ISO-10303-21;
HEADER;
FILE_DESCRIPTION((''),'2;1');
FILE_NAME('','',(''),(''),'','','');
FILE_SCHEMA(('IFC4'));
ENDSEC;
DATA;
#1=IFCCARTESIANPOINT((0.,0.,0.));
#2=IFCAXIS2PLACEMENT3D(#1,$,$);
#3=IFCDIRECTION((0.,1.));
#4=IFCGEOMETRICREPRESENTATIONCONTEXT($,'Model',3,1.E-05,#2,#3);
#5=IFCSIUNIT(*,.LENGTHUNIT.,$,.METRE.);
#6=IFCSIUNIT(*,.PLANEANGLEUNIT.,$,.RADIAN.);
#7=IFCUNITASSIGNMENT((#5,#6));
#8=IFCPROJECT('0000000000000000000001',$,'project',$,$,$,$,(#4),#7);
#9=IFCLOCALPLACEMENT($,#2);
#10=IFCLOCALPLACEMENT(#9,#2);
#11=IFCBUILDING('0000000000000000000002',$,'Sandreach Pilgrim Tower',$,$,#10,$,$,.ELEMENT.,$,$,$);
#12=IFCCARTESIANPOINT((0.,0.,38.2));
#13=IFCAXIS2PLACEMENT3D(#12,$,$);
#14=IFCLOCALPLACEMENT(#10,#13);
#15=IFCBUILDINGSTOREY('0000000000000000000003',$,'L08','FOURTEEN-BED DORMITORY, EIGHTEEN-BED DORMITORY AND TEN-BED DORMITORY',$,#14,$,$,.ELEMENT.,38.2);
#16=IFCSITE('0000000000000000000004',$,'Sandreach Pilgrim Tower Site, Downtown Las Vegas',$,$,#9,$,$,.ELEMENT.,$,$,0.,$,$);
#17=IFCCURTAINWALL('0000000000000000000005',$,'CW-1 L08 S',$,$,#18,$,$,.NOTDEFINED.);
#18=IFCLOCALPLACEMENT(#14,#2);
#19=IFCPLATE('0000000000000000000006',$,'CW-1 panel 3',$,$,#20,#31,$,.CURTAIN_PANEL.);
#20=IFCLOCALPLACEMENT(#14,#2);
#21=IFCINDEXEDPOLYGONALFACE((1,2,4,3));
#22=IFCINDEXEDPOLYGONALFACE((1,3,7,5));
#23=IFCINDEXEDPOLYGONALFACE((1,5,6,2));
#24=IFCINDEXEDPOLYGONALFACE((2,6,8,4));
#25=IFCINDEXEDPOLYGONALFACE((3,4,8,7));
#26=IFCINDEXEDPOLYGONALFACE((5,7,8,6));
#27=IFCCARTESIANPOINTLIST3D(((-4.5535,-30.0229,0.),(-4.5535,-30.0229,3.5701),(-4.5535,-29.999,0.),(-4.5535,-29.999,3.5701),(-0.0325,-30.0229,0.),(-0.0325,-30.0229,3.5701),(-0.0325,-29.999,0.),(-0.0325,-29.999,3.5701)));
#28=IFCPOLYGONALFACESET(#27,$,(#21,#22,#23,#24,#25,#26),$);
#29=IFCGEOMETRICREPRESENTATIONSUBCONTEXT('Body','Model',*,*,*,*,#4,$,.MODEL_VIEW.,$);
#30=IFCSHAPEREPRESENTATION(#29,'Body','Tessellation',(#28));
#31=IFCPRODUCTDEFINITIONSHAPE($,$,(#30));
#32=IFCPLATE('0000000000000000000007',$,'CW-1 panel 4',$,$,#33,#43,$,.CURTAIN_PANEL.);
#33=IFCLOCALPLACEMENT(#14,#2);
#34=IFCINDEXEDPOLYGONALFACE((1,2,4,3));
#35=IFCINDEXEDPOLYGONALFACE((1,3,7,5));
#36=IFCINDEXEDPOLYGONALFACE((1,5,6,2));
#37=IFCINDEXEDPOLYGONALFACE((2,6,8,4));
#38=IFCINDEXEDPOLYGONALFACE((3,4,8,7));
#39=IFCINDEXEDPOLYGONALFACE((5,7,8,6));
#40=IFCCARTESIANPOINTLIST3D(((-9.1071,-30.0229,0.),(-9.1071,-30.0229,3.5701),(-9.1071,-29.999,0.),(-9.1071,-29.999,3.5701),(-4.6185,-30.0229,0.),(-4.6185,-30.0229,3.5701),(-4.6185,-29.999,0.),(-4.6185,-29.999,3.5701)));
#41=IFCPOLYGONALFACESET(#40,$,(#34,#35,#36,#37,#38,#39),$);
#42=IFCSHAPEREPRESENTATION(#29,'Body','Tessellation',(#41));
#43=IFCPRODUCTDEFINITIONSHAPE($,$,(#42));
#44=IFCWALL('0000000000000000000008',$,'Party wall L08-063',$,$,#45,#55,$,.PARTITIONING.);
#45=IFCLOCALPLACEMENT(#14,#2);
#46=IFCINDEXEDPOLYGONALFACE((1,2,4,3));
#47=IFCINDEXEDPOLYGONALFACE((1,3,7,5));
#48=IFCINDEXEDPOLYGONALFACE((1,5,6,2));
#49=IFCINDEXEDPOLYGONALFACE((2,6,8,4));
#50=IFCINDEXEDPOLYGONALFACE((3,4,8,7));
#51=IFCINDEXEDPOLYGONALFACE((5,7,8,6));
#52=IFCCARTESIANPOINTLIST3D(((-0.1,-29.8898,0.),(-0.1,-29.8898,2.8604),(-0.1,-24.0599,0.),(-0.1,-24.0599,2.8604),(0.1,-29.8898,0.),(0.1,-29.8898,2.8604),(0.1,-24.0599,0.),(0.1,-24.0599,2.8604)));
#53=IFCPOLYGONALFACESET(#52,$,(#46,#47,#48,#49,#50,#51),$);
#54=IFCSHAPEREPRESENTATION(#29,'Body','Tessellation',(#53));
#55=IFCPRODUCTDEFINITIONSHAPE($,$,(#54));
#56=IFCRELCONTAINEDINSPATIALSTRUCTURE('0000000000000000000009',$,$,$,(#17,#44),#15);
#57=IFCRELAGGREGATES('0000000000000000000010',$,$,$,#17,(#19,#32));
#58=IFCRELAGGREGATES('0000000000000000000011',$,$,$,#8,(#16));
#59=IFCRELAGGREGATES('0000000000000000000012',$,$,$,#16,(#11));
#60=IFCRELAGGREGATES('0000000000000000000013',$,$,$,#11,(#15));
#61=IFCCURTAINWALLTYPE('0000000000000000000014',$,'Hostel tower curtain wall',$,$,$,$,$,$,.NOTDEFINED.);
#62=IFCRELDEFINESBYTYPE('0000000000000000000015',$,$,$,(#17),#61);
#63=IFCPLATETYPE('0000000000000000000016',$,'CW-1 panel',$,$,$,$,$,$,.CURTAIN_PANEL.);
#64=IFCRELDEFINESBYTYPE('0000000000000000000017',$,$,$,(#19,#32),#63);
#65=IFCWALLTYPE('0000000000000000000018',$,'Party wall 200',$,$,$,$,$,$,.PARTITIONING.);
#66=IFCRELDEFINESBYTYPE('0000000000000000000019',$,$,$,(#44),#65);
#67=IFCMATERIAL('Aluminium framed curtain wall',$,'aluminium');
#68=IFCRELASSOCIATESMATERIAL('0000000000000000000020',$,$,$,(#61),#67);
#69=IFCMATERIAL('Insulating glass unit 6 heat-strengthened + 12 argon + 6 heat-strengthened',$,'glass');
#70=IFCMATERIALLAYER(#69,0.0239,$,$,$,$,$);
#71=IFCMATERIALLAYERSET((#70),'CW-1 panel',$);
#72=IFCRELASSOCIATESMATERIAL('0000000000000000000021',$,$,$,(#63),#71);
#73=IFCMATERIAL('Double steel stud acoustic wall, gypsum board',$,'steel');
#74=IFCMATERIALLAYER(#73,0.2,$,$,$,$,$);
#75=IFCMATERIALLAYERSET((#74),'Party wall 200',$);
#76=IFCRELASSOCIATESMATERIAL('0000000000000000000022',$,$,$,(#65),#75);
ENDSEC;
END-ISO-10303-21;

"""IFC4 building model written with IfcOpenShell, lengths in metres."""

from ifc_helpers import new_model, si_unit, direction, frame, frame_2d, origin, origin_2d, place, context, subcontext, project, spatial, rectangle, extrude, material, layer, layer_set, type_object, element, aggregate, save


model = new_model("IFC4")

# Units and contexts
model_context = context("Model", 3, precision=1e-05, world=origin(), true_north=direction((0.0, 1.0)))
body_context = subcontext(model_context, "Body", "Model", "MODEL_VIEW")
ifc_project = project(units=[si_unit("LENGTHUNIT", "METRE"), si_unit("PLANEANGLEUNIT", "RADIAN")], contexts=[model_context])

# Site, building, storey
site_placement = place(None, origin())
site = spatial("IfcSite", under=ifc_project, at=site_placement, Name="Sandreach Pilgrim Tower Site, Downtown Las Vegas", CompositionType="ELEMENT", RefElevation=0.0)
building_placement = place(site_placement, origin())
building = spatial("IfcBuilding", under=site, at=building_placement, Name="Sandreach Pilgrim Tower", CompositionType="ELEMENT")
storey_placement = place(building_placement, frame((0.0, 0.0, 38.2)))
storey = spatial("IfcBuildingStorey", under=building, at=storey_placement, Name="L08", Description="FOURTEEN-BED DORMITORY, EIGHTEEN-BED DORMITORY AND TEN-BED DORMITORY", CompositionType="ELEMENT", Elevation=38.2)

# Curtain wall
ifc_material_1 = material(Name="Aluminium framed curtain wall", Category="aluminium")
curtain_wall_type = type_object("IfcCurtainWallType", Name="Hostel tower curtain wall", PredefinedType="NOTDEFINED", material=ifc_material_1)
curtain_wall_placement = place(storey_placement, origin())
curtain_wall = element("IfcCurtainWall", 1, at=curtain_wall_placement, inside=storey, type_object=curtain_wall_type, Name="CW-1 L08 S", PredefinedType="NOTDEFINED")

# Plates
ifc_material_2 = material(Name="Insulating glass unit 6 heat-strengthened + 12 argon + 6 heat-strengthened", Category="glass")
ifc_layer_1 = layer(ifc_material_2, 0.0239)
ifc_layer_set_1 = layer_set([ifc_layer_1], Name="CW-1 panel")
plate_type = type_object("IfcPlateType", Name="CW-1 panel", PredefinedType="CURTAIN_PANEL", material=ifc_layer_set_1)
plate_1_placement = place(storey_placement, frame((-2.293, -30.011, 0.0), z_axis=(0.0, 0.0, 1.0), x_axis=(-1.0, 0.0, 0.0)))
plate_1 = element("IfcPlate", 2, at=plate_1_placement, type_object=plate_type, Name="CW-1 panel 3", PredefinedType="CURTAIN_PANEL", context=body_context, shape_type="SweptSolid", body=[
    extrude(rectangle(XDim=4.521, YDim=0.0239, at=origin_2d()), origin(), (0.0, 0.0, 1.0), 3.5701),
])
plate_2_placement = place(storey_placement, frame((-6.8628, -30.011, 0.0), z_axis=(0.0, 0.0, 1.0), x_axis=(-1.0, 0.0, 0.0)))
plate_2 = element("IfcPlate", 3, at=plate_2_placement, type_object=plate_type, Name="CW-1 panel 4", PredefinedType="CURTAIN_PANEL", context=body_context, shape_type="SweptSolid", body=[
    extrude(rectangle(XDim=4.4885, YDim=0.0239, at=origin_2d()), origin(), (0.0, 0.0, 1.0), 3.5701),
])
aggregate(curtain_wall, [plate_1, plate_2])

# Wall
ifc_material_3 = material(Name="Double steel stud acoustic wall, gypsum board", Category="steel")
ifc_layer_2 = layer(ifc_material_3, 0.2)
ifc_layer_set_2 = layer_set([ifc_layer_2], Name="Party wall 200")
wall_type = type_object("IfcWallType", Name="Party wall 200", PredefinedType="PARTITIONING", material=ifc_layer_set_2)
wall_placement = place(storey_placement, frame((0.0, -29.8899, 0.0), z_axis=(0.0, 0.0, 1.0), x_axis=(0.0, 1.0, 0.0)))
element("IfcWall", 4, at=wall_placement, inside=storey, type_object=wall_type, Name="Party wall L08-063", PredefinedType="PARTITIONING", context=body_context, shape_type="SweptSolid", body=[
    extrude(rectangle(XDim=5.8298, YDim=0.2, at=frame_2d((2.915, 0.0))), origin(), (0.0, 0.0, 1.0), 2.8604),
])

save(model, "model.ifc")
